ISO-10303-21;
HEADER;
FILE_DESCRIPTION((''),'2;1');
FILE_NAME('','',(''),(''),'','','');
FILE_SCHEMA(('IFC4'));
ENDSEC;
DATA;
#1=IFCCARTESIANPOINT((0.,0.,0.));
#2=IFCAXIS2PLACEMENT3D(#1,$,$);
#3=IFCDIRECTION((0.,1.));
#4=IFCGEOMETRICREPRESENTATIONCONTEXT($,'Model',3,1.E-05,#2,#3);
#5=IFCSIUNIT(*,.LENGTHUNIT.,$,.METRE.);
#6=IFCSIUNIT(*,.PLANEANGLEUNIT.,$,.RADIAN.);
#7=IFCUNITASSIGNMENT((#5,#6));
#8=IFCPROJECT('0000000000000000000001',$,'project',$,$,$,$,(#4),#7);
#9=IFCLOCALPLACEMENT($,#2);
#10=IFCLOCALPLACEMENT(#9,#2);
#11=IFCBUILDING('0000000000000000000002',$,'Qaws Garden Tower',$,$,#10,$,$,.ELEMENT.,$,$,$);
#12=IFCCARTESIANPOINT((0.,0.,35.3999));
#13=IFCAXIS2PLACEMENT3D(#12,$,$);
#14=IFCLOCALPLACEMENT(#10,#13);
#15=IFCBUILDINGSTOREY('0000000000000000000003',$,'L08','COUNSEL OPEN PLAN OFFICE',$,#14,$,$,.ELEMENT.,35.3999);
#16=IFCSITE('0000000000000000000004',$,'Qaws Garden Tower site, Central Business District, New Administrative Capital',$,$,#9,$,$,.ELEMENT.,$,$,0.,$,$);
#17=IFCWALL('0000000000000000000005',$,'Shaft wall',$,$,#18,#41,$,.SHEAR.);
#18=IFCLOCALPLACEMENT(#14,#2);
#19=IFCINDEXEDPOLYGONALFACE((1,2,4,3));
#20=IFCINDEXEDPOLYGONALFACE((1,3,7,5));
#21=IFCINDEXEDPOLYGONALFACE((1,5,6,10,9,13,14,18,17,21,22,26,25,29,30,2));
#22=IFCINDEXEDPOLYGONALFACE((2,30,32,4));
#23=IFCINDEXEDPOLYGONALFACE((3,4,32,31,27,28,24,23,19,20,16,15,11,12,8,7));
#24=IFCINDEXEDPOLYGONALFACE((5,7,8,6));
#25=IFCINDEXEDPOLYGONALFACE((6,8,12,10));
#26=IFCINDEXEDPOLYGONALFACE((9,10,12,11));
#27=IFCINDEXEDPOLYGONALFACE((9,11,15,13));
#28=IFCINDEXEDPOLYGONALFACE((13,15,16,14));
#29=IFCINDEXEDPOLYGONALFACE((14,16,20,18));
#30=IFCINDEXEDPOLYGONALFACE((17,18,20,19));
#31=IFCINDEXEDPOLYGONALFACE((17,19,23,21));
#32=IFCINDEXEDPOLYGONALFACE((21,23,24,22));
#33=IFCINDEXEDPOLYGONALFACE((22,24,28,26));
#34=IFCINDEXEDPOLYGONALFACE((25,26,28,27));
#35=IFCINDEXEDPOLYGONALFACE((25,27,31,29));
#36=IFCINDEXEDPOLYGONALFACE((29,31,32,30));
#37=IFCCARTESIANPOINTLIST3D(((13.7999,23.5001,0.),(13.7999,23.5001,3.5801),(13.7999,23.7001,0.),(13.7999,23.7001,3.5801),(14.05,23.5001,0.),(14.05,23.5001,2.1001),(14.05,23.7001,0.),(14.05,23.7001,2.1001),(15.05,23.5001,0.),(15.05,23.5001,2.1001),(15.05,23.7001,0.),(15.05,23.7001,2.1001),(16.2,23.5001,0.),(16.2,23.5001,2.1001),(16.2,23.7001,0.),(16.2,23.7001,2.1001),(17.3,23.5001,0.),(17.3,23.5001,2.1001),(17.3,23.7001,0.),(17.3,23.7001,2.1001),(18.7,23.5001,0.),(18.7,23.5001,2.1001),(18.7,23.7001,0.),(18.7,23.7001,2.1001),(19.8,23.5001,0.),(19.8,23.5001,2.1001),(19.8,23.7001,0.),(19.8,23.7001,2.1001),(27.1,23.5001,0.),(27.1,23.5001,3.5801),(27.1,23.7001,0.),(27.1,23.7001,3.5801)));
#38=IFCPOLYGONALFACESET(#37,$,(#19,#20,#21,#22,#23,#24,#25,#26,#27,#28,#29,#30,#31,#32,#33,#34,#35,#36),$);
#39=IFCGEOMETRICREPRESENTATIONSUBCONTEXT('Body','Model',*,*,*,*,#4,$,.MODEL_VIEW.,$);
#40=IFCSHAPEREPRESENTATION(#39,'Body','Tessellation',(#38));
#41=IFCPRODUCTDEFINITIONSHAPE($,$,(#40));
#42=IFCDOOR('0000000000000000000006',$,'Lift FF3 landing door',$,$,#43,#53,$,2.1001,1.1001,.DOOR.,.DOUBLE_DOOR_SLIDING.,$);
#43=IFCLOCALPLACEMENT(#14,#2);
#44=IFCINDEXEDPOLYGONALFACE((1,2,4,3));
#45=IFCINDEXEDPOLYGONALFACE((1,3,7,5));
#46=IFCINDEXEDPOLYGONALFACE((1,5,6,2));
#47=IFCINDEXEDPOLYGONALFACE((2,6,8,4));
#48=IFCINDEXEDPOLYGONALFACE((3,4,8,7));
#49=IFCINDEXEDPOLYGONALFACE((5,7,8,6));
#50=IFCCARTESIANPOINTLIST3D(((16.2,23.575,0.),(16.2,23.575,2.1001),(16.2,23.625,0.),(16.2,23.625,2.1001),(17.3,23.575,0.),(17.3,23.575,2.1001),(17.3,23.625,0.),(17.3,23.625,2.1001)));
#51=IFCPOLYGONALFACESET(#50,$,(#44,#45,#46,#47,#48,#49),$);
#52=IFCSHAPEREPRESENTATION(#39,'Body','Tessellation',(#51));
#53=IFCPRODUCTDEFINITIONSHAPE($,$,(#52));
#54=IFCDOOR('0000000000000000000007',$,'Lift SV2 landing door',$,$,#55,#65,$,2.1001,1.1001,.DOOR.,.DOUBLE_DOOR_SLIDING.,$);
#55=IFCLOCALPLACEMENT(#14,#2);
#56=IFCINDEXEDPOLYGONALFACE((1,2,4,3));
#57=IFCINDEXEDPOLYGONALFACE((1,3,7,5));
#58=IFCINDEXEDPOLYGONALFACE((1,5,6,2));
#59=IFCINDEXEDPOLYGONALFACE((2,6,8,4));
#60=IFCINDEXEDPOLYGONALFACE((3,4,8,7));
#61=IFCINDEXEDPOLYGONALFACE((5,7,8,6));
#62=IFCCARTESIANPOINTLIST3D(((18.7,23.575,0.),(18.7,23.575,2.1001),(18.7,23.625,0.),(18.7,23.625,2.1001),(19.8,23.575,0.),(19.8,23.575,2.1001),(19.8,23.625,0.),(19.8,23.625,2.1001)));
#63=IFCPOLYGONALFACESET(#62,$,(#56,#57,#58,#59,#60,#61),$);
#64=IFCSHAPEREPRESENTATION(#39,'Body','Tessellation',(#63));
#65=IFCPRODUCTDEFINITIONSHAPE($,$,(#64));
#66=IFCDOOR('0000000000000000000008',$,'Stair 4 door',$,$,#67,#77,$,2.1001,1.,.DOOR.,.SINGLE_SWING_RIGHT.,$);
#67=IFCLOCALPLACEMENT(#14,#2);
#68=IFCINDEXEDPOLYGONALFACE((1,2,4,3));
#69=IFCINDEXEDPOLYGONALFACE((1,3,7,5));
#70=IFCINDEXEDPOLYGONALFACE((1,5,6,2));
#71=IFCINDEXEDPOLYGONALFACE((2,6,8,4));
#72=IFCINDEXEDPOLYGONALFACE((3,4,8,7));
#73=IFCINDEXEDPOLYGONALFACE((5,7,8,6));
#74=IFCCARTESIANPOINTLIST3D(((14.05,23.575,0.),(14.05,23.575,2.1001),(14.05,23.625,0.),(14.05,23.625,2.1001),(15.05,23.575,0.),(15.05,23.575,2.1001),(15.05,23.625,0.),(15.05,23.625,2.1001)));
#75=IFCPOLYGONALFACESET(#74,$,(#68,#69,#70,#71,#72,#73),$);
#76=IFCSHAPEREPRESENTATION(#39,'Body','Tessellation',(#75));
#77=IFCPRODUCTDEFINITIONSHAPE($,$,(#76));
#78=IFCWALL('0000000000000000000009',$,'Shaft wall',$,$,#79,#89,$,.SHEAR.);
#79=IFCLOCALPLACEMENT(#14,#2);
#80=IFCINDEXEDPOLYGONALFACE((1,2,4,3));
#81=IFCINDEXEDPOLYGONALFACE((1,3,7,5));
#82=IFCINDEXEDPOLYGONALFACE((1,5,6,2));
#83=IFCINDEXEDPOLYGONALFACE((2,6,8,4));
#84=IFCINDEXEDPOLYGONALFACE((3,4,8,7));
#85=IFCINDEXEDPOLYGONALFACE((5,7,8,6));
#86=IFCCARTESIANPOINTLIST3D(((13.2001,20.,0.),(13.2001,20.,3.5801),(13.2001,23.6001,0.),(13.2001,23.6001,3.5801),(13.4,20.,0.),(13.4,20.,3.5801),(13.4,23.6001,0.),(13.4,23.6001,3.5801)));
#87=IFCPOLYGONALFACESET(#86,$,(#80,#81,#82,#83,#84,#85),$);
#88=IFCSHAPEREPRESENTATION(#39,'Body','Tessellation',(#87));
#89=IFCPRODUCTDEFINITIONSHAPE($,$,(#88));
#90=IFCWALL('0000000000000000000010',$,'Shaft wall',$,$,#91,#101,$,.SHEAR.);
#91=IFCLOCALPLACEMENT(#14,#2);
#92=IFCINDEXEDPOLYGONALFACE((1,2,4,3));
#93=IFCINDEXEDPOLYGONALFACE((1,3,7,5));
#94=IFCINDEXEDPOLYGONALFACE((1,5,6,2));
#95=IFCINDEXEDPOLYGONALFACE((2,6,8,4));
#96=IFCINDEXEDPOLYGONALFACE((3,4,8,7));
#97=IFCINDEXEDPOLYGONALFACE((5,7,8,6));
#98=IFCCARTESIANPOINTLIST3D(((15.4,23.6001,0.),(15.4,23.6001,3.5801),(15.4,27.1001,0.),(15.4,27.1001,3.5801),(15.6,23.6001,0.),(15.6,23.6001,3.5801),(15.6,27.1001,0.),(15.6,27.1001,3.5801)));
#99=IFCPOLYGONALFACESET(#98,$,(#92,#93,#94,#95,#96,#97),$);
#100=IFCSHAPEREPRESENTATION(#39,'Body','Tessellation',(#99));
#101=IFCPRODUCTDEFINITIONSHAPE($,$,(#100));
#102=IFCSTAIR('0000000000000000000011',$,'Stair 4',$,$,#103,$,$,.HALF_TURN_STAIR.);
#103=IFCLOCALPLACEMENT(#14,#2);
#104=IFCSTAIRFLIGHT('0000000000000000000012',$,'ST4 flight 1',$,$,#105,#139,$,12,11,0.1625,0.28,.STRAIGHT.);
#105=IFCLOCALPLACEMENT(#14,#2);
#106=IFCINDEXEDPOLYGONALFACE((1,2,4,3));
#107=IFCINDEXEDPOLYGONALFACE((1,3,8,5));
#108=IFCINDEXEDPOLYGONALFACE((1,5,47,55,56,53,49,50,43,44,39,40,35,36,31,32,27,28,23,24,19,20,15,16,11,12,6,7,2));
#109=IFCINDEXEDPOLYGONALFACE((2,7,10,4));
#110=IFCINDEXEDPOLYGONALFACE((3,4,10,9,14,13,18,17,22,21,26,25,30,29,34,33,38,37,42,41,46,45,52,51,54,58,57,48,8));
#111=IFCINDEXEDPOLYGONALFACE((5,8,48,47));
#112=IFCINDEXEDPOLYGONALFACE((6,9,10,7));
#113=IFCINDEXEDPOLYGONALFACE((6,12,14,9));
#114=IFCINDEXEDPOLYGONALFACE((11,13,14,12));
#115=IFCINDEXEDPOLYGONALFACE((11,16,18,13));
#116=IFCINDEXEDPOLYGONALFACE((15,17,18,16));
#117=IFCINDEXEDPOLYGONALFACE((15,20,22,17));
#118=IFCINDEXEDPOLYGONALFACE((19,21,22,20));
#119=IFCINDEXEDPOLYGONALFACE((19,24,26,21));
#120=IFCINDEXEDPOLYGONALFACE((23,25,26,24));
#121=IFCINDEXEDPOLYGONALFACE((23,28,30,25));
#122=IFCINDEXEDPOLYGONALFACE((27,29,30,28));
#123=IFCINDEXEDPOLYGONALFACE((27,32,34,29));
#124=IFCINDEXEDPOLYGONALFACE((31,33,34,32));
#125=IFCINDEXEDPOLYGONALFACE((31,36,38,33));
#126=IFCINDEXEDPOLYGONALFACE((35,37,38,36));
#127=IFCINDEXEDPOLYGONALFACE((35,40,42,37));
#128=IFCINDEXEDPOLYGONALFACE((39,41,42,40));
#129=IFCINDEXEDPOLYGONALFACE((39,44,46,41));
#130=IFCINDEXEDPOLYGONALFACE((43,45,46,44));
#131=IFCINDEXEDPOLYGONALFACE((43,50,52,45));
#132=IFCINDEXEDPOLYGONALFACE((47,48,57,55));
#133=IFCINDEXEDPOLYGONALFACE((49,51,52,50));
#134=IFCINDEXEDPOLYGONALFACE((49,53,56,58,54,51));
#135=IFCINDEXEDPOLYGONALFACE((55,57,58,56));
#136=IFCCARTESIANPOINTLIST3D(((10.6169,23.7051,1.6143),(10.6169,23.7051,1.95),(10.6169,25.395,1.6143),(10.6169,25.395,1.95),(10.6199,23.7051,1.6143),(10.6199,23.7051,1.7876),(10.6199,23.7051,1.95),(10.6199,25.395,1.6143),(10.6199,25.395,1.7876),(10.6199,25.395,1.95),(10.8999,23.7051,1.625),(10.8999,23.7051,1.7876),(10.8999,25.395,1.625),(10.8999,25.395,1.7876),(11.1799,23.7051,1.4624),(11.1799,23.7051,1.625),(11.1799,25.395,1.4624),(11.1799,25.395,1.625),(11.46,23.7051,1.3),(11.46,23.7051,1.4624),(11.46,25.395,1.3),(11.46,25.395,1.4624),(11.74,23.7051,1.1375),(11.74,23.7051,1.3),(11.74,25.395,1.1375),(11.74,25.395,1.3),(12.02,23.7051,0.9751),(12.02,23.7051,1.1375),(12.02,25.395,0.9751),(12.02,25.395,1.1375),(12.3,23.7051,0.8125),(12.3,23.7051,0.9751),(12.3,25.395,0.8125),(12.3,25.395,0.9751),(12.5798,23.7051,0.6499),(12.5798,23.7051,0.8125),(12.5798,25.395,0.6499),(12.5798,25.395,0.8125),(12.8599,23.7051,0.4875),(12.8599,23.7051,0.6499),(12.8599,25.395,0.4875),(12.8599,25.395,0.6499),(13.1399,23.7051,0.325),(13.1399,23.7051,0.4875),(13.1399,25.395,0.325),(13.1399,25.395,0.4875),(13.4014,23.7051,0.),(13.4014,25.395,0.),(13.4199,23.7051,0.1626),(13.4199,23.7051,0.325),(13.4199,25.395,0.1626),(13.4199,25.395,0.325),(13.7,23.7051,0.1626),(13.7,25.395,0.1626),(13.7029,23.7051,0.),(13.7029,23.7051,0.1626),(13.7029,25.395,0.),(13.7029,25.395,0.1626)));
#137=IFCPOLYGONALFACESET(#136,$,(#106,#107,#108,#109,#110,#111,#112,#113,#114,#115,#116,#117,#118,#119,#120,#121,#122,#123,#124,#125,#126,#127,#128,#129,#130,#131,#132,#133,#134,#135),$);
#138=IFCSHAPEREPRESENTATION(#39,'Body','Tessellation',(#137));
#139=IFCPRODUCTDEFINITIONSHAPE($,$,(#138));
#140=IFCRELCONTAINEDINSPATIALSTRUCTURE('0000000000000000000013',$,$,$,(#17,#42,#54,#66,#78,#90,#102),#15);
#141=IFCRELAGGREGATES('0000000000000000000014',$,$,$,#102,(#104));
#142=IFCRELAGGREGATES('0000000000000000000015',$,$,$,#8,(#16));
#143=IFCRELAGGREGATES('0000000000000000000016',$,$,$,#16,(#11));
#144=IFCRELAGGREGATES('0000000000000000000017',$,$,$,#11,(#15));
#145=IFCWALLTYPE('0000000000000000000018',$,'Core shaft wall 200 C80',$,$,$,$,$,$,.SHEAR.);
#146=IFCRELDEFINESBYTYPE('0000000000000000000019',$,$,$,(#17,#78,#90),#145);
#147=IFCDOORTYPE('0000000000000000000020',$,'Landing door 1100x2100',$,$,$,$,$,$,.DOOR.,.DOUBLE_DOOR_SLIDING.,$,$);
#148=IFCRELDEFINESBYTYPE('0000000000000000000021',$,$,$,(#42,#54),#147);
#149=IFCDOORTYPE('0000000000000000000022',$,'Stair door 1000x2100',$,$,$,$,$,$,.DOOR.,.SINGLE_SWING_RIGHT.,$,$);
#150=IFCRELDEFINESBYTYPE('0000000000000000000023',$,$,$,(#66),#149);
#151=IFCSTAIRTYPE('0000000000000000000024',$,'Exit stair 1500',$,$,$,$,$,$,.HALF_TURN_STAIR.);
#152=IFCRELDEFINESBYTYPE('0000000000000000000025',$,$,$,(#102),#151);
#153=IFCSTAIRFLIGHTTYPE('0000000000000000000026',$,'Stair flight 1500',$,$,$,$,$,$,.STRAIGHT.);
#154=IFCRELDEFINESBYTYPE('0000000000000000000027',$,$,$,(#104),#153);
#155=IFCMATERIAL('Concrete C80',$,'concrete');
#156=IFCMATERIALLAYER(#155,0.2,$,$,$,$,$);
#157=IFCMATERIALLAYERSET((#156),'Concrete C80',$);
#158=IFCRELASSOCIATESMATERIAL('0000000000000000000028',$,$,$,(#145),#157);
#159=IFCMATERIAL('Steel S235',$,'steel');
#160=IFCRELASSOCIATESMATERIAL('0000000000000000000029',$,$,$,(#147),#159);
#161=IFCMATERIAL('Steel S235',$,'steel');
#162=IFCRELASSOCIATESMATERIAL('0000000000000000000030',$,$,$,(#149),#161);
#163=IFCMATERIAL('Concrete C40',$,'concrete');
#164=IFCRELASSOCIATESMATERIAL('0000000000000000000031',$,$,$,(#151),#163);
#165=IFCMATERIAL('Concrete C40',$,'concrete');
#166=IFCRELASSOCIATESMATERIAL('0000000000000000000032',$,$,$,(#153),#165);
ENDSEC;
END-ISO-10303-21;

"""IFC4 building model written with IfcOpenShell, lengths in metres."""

from ifc_helpers import new_model, si_unit, direction, frame, frame_2d, origin, place, context, subcontext, project, spatial, polyline, rectangle, outline, extrude, material, layer, layer_set, type_object, element, fill, aggregate, save


model = new_model("IFC4")

# Units and contexts
model_context = context("Model", 3, precision=1e-05, world=origin(), true_north=direction((0.0, 1.0)))
body_context = subcontext(model_context, "Body", "Model", "MODEL_VIEW")
ifc_project = project(units=[si_unit("LENGTHUNIT", "METRE"), si_unit("PLANEANGLEUNIT", "RADIAN")], contexts=[model_context])

# Site, building, storey
site_placement = place(None, origin())
site = spatial("IfcSite", under=ifc_project, at=site_placement, Name="Qaws Garden Tower site, Central Business District, New Administrative Capital", CompositionType="ELEMENT", RefElevation=0.0)
building_placement = place(site_placement, origin())
building = spatial("IfcBuilding", under=site, at=building_placement, Name="Qaws Garden Tower", CompositionType="ELEMENT")
storey_placement = place(building_placement, frame((0.0, 0.0, 35.3999)))
storey = spatial("IfcBuildingStorey", under=building, at=storey_placement, Name="L08", Description="COUNSEL OPEN PLAN OFFICE", CompositionType="ELEMENT", Elevation=35.3999)

# Shared definitions
ifc_material_1 = material(Name="Concrete C80", Category="concrete")
ifc_layer_1 = layer(ifc_material_1, 0.2)
ifc_layer_set_1 = layer_set([ifc_layer_1], Name="Concrete C80")
wall_type_1 = type_object("IfcWallType", Name="Core shaft wall 200 C80", PredefinedType="SHEAR", material=ifc_layer_set_1)

# Wall, openings, doors
wall_1_placement = place(storey_placement, frame((13.8, 23.6001, 0.0), z_axis=(0.0, 0.0, 1.0), x_axis=(1.0, 0.0, 0.0)))
wall_1 = element("IfcWall", 1, at=wall_1_placement, inside=storey, type_object=wall_type_1, Name="Shaft wall", PredefinedType="SHEAR", context=body_context, shape_type="SweptSolid", body=[
    extrude(rectangle(XDim=13.3, YDim=0.2, at=frame_2d((6.6499, 0.0))), origin(), (0.0, 0.0, 1.0), 3.5801),
])
opening_1_placement = place(wall_1_placement, frame((2.3999, 0.0, 0.0)))
opening_1 = element("IfcOpeningElement", 2, at=opening_1_placement, cuts=wall_1, PredefinedType="OPENING", context=body_context, shape_type="SweptSolid", body=[
    extrude(rectangle(XDim=1.1001, YDim=2.1001, at=frame_2d((0.55, 1.05))), frame((0.0, 0.1099, 0.0), z_axis=(0.0, -1.0, 0.0), x_axis=(1.0, 0.0, 0.0)), (0.0, 0.0, 1.0), 0.22),
])
opening_2_placement = place(wall_1_placement, frame((4.8999, 0.0, 0.0)))
opening_2 = element("IfcOpeningElement", 3, at=opening_2_placement, cuts=wall_1, PredefinedType="OPENING", context=body_context, shape_type="SweptSolid", body=[
    extrude(rectangle(XDim=1.1001, YDim=2.1001, at=frame_2d((0.55, 1.05))), frame((0.0, 0.1099, 0.0), z_axis=(0.0, -1.0, 0.0), x_axis=(1.0, 0.0, 0.0)), (0.0, 0.0, 1.0), 0.22),
])
opening_3_placement = place(wall_1_placement, frame((0.25, 0.0, 0.0)))
opening_3 = element("IfcOpeningElement", 4, at=opening_3_placement, cuts=wall_1, PredefinedType="OPENING", context=body_context, shape_type="SweptSolid", body=[
    extrude(rectangle(XDim=1.0, YDim=2.1001, at=frame_2d((0.5, 1.05))), frame((0.0, 0.1099, 0.0), z_axis=(0.0, -1.0, 0.0), x_axis=(1.0, 0.0, 0.0)), (0.0, 0.0, 1.0), 0.22),
])
ifc_material_2 = material(Name="Steel S235", Category="steel")
door_type_1 = type_object("IfcDoorType", Name="Landing door 1100x2100", OperationType="DOUBLE_DOOR_SLIDING", PredefinedType="DOOR", material=ifc_material_2)
door_1_placement = place(opening_1_placement, origin())
door_1 = element("IfcDoor", 5, at=door_1_placement, inside=storey, type_object=door_type_1, Name="Lift FF3 landing door", OperationType="DOUBLE_DOOR_SLIDING", OverallHeight=2.1001, OverallWidth=1.1001, PredefinedType="DOOR", context=body_context, shape_type="SweptSolid", body=[
    extrude(rectangle(XDim=1.1001, YDim=2.1001, at=frame_2d((0.55, 1.05))), frame((0.0, 0.0249, 0.0), z_axis=(0.0, -1.0, 0.0), x_axis=(1.0, 0.0, 0.0)), (0.0, 0.0, 1.0), 0.05),
])
fill(opening_1, door_1)
door_2_placement = place(opening_2_placement, origin())
door_2 = element("IfcDoor", 6, at=door_2_placement, inside=storey, type_object=door_type_1, Name="Lift SV2 landing door", OperationType="DOUBLE_DOOR_SLIDING", OverallHeight=2.1001, OverallWidth=1.1001, PredefinedType="DOOR", context=body_context, shape_type="SweptSolid", body=[
    extrude(rectangle(XDim=1.1001, YDim=2.1001, at=frame_2d((0.55, 1.05))), frame((0.0, 0.0249, 0.0), z_axis=(0.0, -1.0, 0.0), x_axis=(1.0, 0.0, 0.0)), (0.0, 0.0, 1.0), 0.05),
])
fill(opening_2, door_2)
ifc_material_3 = material(Name="Steel S235", Category="steel")
door_type_2 = type_object("IfcDoorType", Name="Stair door 1000x2100", OperationType="SINGLE_SWING_RIGHT", PredefinedType="DOOR", material=ifc_material_3)
door_3_placement = place(opening_3_placement, origin())
door_3 = element("IfcDoor", 7, at=door_3_placement, inside=storey, type_object=door_type_2, Name="Stair 4 door", OperationType="SINGLE_SWING_RIGHT", OverallHeight=2.1001, OverallWidth=1.0, PredefinedType="DOOR", context=body_context, shape_type="SweptSolid", body=[
    extrude(rectangle(XDim=1.0, YDim=2.1001, at=frame_2d((0.5, 1.05))), frame((0.0, 0.0249, 0.0), z_axis=(0.0, -1.0, 0.0), x_axis=(1.0, 0.0, 0.0)), (0.0, 0.0, 1.0), 0.05),
])
fill(opening_3, door_3)

# Walls
wall_2_placement = place(storey_placement, frame((13.3, 20.0, 0.0), z_axis=(0.0, 0.0, 1.0), x_axis=(0.0, 1.0, 0.0)))
element("IfcWall", 8, at=wall_2_placement, inside=storey, type_object=wall_type_1, Name="Shaft wall", PredefinedType="SHEAR", context=body_context, shape_type="SweptSolid", body=[
    extrude(rectangle(XDim=3.6001, YDim=0.2, at=frame_2d((1.8, 0.0))), origin(), (0.0, 0.0, 1.0), 3.5801),
])
wall_3_placement = place(storey_placement, frame((15.5, 23.6001, 0.0), z_axis=(0.0, 0.0, 1.0), x_axis=(0.0, 1.0, 0.0)))
element("IfcWall", 9, at=wall_3_placement, inside=storey, type_object=wall_type_1, Name="Shaft wall", PredefinedType="SHEAR", context=body_context, shape_type="SweptSolid", body=[
    extrude(rectangle(XDim=3.5, YDim=0.2, at=frame_2d((1.75, 0.0))), origin(), (0.0, 0.0, 1.0), 3.5801),
])

# Stair, stair flight
ifc_material_4 = material(Name="Concrete C40", Category="concrete")
stair_type = type_object("IfcStairType", Name="Exit stair 1500", PredefinedType="HALF_TURN_STAIR", material=ifc_material_4)
stair_placement = place(storey_placement, origin())
stair = element("IfcStair", 10, at=stair_placement, inside=storey, type_object=stair_type, Name="Stair 4", PredefinedType="HALF_TURN_STAIR")
ifc_material_5 = material(Name="Concrete C40", Category="concrete")
stair_flight_type = type_object("IfcStairFlightType", Name="Stair flight 1500", PredefinedType="STRAIGHT", material=ifc_material_5)
stair_flight_1_placement = place(storey_placement, frame((13.7, 24.55, 0.0), z_axis=(0.0, 0.0, 1.0), x_axis=(-1.0, 0.0, 0.0)))
stair_flight_1 = element("IfcStairFlight", 11, at=stair_flight_1_placement, type_object=stair_flight_type, Name="ST4 flight 1", NumberOfRisers=12, NumberOfTreads=11, PredefinedType="STRAIGHT", RiserHeight=0.1625, TreadLength=0.28, context=body_context, shape_type="SweptSolid", body=[
    extrude(outline(polyline([(-0.0029, 0.0), (-0.0029, 0.1626), (0.0, 0.1626), (0.28, 0.1626), (0.28, 0.325), (0.5601, 0.325), (0.5601, 0.4875), (0.8401, 0.4875), (0.8401, 0.6499), (1.1201, 0.6499), (1.1201, 0.8125), (1.3999, 0.8125), (1.3999, 0.9751), (1.6799, 0.9751), (1.6799, 1.1375), (1.96, 1.1375), (1.96, 1.3), (2.24, 1.3), (2.24, 1.4624), (2.52, 1.4624), (2.52, 1.625), (2.8, 1.625), (2.8, 1.7876), (3.0801, 1.7876), (3.0801, 1.95), (3.083, 1.95), (3.083, 1.6143), (3.0801, 1.6143), (0.2986, 0.0), (-0.0029, 0.0)])), frame((0.0, 0.845, 0.0), z_axis=(0.0, -1.0, 0.0), x_axis=(1.0, 0.0, 0.0)), (0.0, 0.0, 1.0), 1.6899),
])
aggregate(stair, [stair_flight_1])

save(model, "model.ifc")
